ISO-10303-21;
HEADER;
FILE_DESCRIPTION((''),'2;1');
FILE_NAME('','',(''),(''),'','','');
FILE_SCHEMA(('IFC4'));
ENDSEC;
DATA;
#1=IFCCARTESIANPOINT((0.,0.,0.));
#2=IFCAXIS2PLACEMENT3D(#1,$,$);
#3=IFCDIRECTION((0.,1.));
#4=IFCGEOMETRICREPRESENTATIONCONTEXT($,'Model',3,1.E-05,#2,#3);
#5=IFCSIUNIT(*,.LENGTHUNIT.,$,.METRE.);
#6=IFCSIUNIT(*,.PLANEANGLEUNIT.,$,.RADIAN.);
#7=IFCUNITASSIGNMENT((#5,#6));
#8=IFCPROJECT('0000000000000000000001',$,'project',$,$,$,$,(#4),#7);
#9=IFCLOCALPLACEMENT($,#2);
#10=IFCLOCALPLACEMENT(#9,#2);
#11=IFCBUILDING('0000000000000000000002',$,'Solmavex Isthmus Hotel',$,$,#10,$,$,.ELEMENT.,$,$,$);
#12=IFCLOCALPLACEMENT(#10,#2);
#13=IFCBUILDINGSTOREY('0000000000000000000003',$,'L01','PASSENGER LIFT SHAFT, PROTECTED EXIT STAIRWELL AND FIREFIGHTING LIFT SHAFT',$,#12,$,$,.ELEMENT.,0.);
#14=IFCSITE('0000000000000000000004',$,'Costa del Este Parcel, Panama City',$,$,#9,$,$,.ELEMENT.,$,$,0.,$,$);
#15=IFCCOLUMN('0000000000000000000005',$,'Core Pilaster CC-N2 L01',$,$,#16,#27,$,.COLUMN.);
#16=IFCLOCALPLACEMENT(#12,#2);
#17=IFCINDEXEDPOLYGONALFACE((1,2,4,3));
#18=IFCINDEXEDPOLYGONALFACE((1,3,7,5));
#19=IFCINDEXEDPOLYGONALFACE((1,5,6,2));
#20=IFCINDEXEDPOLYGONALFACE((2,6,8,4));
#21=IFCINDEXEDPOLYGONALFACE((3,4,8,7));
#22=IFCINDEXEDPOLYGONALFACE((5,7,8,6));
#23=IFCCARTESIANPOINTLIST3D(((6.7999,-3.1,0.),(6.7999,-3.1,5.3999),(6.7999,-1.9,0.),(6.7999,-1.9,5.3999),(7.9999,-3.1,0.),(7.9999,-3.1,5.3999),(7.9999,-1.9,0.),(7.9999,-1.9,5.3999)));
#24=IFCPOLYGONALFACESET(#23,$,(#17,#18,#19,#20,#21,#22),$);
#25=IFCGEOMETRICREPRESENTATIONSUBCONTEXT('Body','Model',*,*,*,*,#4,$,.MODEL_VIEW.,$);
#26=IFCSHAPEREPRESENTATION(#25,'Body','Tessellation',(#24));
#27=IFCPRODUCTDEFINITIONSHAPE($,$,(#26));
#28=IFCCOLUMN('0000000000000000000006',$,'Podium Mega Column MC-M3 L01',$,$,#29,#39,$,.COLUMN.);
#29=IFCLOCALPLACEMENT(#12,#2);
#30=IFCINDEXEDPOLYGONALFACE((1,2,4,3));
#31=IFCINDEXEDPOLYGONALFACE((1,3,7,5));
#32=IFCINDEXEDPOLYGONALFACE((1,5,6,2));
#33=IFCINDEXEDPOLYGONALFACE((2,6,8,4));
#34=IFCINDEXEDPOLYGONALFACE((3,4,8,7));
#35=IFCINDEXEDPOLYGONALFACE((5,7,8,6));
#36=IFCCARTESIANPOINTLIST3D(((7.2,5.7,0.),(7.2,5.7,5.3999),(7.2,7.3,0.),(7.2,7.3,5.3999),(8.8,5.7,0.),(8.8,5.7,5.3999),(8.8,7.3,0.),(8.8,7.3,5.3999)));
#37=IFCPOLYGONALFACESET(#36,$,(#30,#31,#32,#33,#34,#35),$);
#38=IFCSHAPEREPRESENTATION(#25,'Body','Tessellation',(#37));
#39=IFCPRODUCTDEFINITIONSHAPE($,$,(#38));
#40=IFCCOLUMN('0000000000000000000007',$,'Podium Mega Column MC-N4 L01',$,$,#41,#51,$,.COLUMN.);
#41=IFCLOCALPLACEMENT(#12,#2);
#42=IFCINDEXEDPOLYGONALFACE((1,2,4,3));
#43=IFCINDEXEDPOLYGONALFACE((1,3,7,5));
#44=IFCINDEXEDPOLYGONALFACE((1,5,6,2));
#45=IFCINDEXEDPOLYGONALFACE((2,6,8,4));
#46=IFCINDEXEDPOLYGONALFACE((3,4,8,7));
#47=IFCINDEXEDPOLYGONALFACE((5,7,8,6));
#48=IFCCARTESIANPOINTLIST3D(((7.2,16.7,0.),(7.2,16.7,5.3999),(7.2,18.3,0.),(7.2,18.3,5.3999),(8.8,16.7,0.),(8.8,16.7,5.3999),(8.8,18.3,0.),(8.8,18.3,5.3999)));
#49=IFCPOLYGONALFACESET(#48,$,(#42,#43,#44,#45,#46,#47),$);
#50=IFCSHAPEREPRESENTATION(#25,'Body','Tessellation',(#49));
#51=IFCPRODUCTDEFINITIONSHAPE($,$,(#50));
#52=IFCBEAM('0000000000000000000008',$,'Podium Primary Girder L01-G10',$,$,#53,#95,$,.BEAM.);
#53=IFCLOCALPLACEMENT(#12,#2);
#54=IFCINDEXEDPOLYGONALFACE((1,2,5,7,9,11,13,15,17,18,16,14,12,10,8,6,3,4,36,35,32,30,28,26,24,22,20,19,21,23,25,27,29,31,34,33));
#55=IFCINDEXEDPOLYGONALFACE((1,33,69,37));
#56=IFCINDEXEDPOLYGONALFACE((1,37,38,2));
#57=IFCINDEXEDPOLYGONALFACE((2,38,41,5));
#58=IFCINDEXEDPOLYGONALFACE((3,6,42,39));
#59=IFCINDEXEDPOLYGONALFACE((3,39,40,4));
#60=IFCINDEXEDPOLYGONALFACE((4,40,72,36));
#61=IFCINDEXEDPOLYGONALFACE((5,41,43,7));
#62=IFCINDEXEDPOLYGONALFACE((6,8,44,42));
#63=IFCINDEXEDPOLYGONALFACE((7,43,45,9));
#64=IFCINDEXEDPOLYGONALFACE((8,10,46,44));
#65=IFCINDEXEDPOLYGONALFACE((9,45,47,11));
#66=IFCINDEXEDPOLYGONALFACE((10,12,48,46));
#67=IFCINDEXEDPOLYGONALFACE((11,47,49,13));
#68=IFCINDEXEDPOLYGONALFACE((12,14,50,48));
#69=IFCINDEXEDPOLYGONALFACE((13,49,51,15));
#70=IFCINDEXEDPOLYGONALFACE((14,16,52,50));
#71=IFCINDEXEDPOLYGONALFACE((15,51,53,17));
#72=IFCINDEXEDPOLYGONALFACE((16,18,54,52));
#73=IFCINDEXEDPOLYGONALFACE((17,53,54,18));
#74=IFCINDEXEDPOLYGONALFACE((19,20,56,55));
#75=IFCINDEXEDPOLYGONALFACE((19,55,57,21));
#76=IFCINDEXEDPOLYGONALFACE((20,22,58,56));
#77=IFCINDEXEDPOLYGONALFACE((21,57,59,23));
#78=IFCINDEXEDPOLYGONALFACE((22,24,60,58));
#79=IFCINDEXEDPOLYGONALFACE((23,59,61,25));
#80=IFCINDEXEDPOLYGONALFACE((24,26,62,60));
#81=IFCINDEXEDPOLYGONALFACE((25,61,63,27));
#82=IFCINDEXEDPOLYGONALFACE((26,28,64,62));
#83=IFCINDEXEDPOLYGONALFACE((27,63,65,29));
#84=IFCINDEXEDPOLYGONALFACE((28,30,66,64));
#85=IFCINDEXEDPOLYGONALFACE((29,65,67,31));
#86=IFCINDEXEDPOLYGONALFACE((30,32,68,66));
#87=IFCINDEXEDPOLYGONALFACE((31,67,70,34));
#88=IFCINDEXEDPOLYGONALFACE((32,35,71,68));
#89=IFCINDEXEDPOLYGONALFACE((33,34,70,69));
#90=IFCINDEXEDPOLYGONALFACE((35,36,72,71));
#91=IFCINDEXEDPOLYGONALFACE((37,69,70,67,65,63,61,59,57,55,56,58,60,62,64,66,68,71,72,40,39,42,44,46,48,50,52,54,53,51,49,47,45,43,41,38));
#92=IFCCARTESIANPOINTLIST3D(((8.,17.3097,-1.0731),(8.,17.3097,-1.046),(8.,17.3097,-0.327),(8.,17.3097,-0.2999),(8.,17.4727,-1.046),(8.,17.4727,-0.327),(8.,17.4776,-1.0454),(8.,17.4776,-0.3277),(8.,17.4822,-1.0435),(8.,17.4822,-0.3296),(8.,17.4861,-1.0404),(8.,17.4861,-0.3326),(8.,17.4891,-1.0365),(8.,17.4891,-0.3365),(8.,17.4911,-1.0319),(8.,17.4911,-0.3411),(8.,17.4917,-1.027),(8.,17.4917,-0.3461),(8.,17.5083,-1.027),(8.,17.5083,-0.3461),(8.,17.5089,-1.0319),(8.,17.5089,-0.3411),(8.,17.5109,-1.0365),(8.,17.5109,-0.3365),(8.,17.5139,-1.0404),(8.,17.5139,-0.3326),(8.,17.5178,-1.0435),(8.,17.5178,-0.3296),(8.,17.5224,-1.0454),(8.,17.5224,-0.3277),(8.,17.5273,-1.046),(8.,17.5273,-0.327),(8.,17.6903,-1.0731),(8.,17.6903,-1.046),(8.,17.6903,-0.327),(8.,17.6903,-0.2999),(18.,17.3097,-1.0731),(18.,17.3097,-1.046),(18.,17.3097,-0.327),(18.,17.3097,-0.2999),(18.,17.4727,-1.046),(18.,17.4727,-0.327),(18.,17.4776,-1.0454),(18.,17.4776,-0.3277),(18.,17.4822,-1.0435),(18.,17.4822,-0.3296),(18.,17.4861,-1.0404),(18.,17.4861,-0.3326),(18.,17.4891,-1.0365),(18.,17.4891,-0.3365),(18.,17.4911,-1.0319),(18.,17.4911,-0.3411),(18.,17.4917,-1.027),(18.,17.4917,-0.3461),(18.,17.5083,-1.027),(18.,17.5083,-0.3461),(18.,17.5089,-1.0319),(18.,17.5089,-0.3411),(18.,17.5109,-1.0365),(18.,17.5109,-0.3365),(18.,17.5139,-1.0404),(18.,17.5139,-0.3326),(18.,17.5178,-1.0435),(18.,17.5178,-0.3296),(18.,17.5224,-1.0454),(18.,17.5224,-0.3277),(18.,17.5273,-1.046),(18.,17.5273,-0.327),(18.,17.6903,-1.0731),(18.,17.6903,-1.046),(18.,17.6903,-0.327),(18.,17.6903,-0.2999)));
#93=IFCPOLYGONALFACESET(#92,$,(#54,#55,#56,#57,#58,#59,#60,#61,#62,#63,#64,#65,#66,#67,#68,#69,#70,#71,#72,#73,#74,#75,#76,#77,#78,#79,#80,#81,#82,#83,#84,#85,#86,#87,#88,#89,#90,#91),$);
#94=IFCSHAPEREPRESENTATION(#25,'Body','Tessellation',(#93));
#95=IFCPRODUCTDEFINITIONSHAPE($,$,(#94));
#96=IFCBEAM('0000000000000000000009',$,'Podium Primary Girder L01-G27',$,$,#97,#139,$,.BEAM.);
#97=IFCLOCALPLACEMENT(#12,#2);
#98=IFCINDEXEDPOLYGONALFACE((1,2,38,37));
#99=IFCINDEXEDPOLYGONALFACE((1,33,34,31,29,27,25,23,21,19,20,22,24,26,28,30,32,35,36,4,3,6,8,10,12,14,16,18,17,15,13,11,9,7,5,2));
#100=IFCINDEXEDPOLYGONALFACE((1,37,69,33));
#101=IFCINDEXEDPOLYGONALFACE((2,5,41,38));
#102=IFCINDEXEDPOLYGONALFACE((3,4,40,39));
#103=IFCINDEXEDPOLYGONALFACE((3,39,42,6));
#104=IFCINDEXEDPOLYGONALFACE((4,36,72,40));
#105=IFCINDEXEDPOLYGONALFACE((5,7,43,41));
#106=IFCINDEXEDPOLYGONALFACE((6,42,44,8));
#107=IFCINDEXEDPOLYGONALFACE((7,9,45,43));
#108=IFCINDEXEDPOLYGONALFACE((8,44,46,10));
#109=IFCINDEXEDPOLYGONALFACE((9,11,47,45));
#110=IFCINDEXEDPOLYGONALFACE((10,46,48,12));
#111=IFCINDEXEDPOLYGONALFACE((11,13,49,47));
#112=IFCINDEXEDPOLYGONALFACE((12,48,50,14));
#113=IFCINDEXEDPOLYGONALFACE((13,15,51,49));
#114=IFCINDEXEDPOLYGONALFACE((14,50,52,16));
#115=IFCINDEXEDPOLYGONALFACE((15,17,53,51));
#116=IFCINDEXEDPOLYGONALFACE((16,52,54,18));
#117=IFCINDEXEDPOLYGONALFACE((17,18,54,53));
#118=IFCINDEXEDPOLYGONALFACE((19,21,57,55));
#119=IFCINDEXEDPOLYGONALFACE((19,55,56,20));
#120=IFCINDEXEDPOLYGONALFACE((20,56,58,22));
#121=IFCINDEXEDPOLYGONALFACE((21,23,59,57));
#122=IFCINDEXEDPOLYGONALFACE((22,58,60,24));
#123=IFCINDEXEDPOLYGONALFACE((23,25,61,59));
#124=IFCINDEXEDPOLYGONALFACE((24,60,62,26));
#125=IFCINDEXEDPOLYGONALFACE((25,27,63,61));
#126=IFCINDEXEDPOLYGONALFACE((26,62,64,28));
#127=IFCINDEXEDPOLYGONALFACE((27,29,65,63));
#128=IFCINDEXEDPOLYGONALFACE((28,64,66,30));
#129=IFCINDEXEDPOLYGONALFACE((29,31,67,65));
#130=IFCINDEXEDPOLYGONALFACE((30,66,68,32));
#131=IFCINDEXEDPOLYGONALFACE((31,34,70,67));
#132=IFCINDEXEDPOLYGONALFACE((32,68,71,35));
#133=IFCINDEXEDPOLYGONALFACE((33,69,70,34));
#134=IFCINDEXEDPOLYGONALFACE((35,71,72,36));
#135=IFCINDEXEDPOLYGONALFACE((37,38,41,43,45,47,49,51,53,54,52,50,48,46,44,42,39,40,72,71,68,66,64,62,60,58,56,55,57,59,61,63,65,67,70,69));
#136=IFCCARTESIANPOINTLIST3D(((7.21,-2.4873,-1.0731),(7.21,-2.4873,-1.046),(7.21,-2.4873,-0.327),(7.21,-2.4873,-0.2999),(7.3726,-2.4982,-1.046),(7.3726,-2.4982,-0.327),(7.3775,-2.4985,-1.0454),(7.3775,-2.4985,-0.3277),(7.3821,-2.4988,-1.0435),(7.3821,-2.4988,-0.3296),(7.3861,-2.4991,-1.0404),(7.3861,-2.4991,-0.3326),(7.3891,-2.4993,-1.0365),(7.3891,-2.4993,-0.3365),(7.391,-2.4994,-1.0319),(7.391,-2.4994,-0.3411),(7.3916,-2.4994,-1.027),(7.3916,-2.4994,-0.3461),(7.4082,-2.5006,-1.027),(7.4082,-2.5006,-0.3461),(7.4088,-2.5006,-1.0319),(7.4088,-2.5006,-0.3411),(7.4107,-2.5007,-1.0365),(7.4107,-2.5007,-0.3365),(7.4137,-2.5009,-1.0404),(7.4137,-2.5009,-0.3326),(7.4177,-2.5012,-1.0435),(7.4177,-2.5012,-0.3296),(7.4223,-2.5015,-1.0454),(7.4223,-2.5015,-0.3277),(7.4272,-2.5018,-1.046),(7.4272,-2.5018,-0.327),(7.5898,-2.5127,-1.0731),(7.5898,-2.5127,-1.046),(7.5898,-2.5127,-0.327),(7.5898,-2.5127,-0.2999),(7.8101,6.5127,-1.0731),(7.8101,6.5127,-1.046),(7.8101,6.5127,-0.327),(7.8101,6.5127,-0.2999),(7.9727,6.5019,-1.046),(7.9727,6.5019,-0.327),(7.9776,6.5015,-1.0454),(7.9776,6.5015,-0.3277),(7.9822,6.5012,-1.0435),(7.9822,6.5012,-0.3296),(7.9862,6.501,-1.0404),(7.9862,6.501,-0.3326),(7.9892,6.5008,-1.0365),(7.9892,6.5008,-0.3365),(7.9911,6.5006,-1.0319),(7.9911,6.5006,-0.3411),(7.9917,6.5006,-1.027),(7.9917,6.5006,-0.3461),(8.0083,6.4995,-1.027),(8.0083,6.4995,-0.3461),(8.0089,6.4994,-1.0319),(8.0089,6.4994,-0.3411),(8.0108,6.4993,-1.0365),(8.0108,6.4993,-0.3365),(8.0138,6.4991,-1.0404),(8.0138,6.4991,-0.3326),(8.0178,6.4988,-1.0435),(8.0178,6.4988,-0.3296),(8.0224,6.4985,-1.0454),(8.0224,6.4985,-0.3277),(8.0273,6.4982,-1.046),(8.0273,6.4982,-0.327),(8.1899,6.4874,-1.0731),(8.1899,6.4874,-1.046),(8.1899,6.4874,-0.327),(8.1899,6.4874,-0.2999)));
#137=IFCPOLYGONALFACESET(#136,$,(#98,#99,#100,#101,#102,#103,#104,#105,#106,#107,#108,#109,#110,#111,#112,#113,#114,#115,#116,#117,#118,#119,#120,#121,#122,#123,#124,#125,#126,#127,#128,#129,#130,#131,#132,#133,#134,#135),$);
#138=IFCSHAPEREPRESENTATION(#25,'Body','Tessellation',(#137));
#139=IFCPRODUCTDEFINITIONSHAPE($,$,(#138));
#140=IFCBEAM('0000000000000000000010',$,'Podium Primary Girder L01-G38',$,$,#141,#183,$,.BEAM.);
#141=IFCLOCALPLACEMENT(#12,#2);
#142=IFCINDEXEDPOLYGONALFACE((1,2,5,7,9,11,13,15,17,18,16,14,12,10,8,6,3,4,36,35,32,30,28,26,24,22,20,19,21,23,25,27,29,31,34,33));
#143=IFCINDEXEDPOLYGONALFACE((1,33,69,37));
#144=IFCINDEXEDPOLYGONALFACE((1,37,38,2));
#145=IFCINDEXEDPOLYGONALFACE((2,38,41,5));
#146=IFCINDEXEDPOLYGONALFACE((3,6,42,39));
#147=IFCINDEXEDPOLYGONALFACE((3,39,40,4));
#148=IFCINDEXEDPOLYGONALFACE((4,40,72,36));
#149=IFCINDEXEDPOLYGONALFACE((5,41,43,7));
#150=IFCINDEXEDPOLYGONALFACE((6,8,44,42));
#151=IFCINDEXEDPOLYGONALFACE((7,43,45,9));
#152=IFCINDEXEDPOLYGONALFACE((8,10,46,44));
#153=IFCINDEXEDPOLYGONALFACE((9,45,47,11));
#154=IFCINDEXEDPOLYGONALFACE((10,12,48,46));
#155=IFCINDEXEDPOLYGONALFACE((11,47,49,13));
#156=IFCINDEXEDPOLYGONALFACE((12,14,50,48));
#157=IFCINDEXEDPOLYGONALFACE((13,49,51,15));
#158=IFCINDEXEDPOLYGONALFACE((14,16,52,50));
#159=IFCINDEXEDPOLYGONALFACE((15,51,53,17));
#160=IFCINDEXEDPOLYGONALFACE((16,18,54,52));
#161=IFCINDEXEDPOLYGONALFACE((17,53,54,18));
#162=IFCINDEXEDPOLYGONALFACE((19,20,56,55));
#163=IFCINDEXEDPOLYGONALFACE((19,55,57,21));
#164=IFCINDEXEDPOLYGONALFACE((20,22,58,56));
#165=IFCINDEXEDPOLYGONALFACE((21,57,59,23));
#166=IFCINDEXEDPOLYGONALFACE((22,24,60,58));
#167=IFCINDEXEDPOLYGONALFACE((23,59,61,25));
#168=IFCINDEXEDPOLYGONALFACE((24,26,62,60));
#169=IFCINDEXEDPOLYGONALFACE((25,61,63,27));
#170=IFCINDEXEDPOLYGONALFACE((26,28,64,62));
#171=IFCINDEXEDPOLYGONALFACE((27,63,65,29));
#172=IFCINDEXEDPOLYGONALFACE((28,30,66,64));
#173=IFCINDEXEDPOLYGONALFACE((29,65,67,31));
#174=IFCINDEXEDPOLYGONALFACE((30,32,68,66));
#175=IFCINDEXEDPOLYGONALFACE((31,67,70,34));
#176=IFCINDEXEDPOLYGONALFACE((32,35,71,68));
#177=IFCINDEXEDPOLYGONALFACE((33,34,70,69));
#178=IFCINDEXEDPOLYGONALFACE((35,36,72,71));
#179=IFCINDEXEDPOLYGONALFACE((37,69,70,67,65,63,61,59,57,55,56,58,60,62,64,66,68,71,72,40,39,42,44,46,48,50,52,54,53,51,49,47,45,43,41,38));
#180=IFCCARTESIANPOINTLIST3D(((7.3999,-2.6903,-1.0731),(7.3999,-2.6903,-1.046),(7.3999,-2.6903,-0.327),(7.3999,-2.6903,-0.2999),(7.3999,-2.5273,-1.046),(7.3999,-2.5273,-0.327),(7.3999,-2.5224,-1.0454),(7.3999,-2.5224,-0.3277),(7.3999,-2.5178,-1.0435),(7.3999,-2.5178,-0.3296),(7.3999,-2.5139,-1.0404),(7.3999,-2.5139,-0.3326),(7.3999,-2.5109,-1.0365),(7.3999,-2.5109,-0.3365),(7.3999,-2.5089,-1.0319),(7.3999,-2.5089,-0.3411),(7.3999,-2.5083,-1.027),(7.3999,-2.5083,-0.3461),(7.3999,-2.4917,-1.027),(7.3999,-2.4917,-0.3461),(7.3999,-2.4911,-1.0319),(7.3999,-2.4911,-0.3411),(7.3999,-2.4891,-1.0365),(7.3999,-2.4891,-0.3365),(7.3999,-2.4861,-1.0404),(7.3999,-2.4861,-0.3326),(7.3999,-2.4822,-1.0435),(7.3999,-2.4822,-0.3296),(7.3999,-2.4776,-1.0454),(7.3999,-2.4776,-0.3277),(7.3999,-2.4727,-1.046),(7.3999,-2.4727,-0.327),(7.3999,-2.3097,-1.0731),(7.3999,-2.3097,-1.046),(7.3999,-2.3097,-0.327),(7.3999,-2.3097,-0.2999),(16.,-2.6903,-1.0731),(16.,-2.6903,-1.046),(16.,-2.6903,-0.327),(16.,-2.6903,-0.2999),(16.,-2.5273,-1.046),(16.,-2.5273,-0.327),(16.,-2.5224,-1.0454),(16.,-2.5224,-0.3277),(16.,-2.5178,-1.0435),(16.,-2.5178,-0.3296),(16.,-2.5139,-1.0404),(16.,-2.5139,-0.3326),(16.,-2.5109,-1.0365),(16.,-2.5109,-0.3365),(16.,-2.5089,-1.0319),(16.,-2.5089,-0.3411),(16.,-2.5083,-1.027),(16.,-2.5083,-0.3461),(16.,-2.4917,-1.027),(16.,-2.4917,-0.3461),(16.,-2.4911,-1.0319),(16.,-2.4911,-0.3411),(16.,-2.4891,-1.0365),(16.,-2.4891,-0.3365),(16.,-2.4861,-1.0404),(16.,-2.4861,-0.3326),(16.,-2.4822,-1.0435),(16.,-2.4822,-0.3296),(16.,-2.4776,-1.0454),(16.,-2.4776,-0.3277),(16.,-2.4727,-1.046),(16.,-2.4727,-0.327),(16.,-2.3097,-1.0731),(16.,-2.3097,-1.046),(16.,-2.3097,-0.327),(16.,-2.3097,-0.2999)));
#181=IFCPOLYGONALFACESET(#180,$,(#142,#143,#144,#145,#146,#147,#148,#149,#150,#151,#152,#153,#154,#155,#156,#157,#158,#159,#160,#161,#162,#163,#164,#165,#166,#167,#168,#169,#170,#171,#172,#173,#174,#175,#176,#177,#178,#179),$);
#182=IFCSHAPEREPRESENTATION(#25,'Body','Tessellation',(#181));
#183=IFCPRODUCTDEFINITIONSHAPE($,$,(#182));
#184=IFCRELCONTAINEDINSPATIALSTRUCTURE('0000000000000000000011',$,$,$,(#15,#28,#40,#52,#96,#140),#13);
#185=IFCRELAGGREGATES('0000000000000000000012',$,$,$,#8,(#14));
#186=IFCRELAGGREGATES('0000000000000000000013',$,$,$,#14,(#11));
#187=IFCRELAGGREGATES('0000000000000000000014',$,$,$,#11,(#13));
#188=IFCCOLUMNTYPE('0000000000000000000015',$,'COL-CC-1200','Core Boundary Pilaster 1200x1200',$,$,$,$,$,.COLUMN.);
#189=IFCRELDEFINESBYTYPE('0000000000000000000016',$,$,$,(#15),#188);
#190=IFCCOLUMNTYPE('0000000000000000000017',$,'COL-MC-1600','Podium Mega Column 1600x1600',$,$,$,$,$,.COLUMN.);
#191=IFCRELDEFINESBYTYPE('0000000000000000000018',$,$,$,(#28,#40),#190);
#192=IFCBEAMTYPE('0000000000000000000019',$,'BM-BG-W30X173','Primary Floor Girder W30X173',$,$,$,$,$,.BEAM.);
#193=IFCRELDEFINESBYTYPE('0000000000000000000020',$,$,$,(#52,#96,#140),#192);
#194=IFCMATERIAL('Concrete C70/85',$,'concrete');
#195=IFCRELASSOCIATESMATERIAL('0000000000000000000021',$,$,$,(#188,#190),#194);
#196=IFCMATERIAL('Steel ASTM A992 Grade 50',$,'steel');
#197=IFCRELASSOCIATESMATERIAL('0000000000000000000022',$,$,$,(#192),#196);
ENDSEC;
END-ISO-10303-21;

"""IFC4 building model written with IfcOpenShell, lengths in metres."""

from ifc_helpers import new_model, si_unit, direction, frame, origin, origin_2d, place, context, subcontext, project, spatial, rectangle, i_section, extrude, material, material_profile, profile_set, type_object, element, save


model = new_model("IFC4")

# Units and contexts
model_context = context("Model", 3, precision=1e-05, world=origin(), true_north=direction((0.0, 1.0)))
body_context = subcontext(model_context, "Body", "Model", "MODEL_VIEW")
ifc_project = project(units=[si_unit("LENGTHUNIT", "METRE"), si_unit("PLANEANGLEUNIT", "RADIAN")], contexts=[model_context])

# Site, building, storey
site_placement = place(None, origin())
site = spatial("IfcSite", under=ifc_project, at=site_placement, Name="Costa del Este Parcel, Panama City", CompositionType="ELEMENT", RefElevation=0.0)
building_placement = place(site_placement, origin())
building = spatial("IfcBuilding", under=site, at=building_placement, Name="Solmavex Isthmus Hotel", CompositionType="ELEMENT")
storey_placement = place(building_placement, origin())
storey = spatial("IfcBuildingStorey", under=building, at=storey_placement, Name="L01", Description="PASSENGER LIFT SHAFT, PROTECTED EXIT STAIRWELL AND FIREFIGHTING LIFT SHAFT", CompositionType="ELEMENT", Elevation=0.0)

# Columns
ifc_material_1 = material(Name="Concrete C70/85", Category="concrete")
ifc_material_profile_1 = material_profile(ifc_material_1, rectangle(XDim=1.2, YDim=1.2, at=origin_2d()), Name="RC1200X1200")
ifc_profile_set_1 = profile_set([ifc_material_profile_1], Name="Concrete C70/85")
column_type_1 = type_object("IfcColumnType", Name="COL-CC-1200", Description="Core Boundary Pilaster 1200x1200", PredefinedType="COLUMN", material=ifc_profile_set_1)
column_placement = place(storey_placement, frame((7.3999, -2.5, 0.0), z_axis=(0.0, 0.0, 1.0), x_axis=(1.0, 0.0, 0.0)))
element("IfcColumn", 1, at=column_placement, inside=storey, type_object=column_type_1, Name="Core Pilaster CC-N2 L01", PredefinedType="COLUMN", context=body_context, shape_type="SweptSolid", body=[
    extrude(rectangle(XDim=1.2, YDim=1.2, at=origin_2d()), origin(), (0.0, 0.0, 1.0), 5.3999),
])
ifc_material_profile_2 = material_profile(ifc_material_1, rectangle(XDim=1.6001, YDim=1.6001, at=origin_2d()), Name="RC1600X1600")
ifc_profile_set_2 = profile_set([ifc_material_profile_2], Name="Concrete C70/85")
column_type_2 = type_object("IfcColumnType", Name="COL-MC-1600", Description="Podium Mega Column 1600x1600", PredefinedType="COLUMN", material=ifc_profile_set_2)
for number, where, z_axis, x_axis, name in (
    (2, (8.0, 6.5, 0.0), (0.0, 0.0, 1.0), (1.0, 0.0, 0.0), "Podium Mega Column MC-M3 L01"),
    (3, (8.0, 17.5, 0.0), (0.0, 0.0, 1.0), (1.0, 0.0, 0.0), "Podium Mega Column MC-N4 L01"),
):
    element("IfcColumn", number, at=place(storey_placement, frame(where, z_axis=z_axis, x_axis=x_axis)), inside=storey, type_object=column_type_2, Name=name, PredefinedType="COLUMN", context=body_context, shape_type="SweptSolid", body=[
        extrude(rectangle(XDim=1.6001, YDim=1.6001, at=origin_2d()), origin(), (0.0, 0.0, 1.0), 5.3999),
    ])

# Beams
ifc_material_2 = material(Name="Steel ASTM A992 Grade 50", Category="steel")
ifc_material_profile_3 = material_profile(ifc_material_2, i_section(OverallWidth=0.3806, OverallDepth=0.7732, WebThickness=0.0166, FlangeThickness=0.0271, FilletRadius=0.019, at=origin_2d()), Name="W30X173")
ifc_profile_set_3 = profile_set([ifc_material_profile_3], Name="Steel ASTM A992 Grade 50")
beam_type_1 = type_object("IfcBeamType", Name="BM-BG-W30X173", Description="Primary Floor Girder W30X173", PredefinedType="BEAM", material=ifc_profile_set_3)
beam_1_placement = place(storey_placement, frame((8.0, 17.5, -0.6865), z_axis=(1.0, 0.0, 0.0), x_axis=(0.0, 1.0, 0.0)))
element("IfcBeam", 4, at=beam_1_placement, inside=storey, type_object=beam_type_1, Name="Podium Primary Girder L01-G10", PredefinedType="BEAM", context=body_context, shape_type="SweptSolid", body=[
    extrude(i_section(OverallWidth=0.3806, OverallDepth=0.7732, WebThickness=0.0166, FlangeThickness=0.0271, FilletRadius=0.019, at=origin_2d()), origin(), (0.0, 0.0, 1.0), 10.0),
])
beam_2_placement = place(storey_placement, frame((7.3999, -2.5, -0.6865), z_axis=(0.06653, 0.997784, 0.0), x_axis=(-0.997784, 0.06653, 0.0)))
element("IfcBeam", 5, at=beam_2_placement, inside=storey, type_object=beam_type_1, Name="Podium Primary Girder L01-G27", PredefinedType="BEAM", context=body_context, shape_type="SweptSolid", body=[
    extrude(i_section(OverallWidth=0.3806, OverallDepth=0.7732, WebThickness=0.0166, FlangeThickness=0.0271, FilletRadius=0.019, at=origin_2d()), origin(), (0.0, 0.0, 1.0), 9.02),
])
beam_3_placement = place(storey_placement, frame((7.3999, -2.5, -0.6865), z_axis=(1.0, 0.0, 0.0), x_axis=(0.0, 1.0, 0.0)))
element("IfcBeam", 6, at=beam_3_placement, inside=storey, type_object=beam_type_1, Name="Podium Primary Girder L01-G38", PredefinedType="BEAM", context=body_context, shape_type="SweptSolid", body=[
    extrude(i_section(OverallWidth=0.3806, OverallDepth=0.7732, WebThickness=0.0166, FlangeThickness=0.0271, FilletRadius=0.019, at=origin_2d()), origin(), (0.0, 0.0, 1.0), 8.6001),
])

save(model, "model.ifc")
